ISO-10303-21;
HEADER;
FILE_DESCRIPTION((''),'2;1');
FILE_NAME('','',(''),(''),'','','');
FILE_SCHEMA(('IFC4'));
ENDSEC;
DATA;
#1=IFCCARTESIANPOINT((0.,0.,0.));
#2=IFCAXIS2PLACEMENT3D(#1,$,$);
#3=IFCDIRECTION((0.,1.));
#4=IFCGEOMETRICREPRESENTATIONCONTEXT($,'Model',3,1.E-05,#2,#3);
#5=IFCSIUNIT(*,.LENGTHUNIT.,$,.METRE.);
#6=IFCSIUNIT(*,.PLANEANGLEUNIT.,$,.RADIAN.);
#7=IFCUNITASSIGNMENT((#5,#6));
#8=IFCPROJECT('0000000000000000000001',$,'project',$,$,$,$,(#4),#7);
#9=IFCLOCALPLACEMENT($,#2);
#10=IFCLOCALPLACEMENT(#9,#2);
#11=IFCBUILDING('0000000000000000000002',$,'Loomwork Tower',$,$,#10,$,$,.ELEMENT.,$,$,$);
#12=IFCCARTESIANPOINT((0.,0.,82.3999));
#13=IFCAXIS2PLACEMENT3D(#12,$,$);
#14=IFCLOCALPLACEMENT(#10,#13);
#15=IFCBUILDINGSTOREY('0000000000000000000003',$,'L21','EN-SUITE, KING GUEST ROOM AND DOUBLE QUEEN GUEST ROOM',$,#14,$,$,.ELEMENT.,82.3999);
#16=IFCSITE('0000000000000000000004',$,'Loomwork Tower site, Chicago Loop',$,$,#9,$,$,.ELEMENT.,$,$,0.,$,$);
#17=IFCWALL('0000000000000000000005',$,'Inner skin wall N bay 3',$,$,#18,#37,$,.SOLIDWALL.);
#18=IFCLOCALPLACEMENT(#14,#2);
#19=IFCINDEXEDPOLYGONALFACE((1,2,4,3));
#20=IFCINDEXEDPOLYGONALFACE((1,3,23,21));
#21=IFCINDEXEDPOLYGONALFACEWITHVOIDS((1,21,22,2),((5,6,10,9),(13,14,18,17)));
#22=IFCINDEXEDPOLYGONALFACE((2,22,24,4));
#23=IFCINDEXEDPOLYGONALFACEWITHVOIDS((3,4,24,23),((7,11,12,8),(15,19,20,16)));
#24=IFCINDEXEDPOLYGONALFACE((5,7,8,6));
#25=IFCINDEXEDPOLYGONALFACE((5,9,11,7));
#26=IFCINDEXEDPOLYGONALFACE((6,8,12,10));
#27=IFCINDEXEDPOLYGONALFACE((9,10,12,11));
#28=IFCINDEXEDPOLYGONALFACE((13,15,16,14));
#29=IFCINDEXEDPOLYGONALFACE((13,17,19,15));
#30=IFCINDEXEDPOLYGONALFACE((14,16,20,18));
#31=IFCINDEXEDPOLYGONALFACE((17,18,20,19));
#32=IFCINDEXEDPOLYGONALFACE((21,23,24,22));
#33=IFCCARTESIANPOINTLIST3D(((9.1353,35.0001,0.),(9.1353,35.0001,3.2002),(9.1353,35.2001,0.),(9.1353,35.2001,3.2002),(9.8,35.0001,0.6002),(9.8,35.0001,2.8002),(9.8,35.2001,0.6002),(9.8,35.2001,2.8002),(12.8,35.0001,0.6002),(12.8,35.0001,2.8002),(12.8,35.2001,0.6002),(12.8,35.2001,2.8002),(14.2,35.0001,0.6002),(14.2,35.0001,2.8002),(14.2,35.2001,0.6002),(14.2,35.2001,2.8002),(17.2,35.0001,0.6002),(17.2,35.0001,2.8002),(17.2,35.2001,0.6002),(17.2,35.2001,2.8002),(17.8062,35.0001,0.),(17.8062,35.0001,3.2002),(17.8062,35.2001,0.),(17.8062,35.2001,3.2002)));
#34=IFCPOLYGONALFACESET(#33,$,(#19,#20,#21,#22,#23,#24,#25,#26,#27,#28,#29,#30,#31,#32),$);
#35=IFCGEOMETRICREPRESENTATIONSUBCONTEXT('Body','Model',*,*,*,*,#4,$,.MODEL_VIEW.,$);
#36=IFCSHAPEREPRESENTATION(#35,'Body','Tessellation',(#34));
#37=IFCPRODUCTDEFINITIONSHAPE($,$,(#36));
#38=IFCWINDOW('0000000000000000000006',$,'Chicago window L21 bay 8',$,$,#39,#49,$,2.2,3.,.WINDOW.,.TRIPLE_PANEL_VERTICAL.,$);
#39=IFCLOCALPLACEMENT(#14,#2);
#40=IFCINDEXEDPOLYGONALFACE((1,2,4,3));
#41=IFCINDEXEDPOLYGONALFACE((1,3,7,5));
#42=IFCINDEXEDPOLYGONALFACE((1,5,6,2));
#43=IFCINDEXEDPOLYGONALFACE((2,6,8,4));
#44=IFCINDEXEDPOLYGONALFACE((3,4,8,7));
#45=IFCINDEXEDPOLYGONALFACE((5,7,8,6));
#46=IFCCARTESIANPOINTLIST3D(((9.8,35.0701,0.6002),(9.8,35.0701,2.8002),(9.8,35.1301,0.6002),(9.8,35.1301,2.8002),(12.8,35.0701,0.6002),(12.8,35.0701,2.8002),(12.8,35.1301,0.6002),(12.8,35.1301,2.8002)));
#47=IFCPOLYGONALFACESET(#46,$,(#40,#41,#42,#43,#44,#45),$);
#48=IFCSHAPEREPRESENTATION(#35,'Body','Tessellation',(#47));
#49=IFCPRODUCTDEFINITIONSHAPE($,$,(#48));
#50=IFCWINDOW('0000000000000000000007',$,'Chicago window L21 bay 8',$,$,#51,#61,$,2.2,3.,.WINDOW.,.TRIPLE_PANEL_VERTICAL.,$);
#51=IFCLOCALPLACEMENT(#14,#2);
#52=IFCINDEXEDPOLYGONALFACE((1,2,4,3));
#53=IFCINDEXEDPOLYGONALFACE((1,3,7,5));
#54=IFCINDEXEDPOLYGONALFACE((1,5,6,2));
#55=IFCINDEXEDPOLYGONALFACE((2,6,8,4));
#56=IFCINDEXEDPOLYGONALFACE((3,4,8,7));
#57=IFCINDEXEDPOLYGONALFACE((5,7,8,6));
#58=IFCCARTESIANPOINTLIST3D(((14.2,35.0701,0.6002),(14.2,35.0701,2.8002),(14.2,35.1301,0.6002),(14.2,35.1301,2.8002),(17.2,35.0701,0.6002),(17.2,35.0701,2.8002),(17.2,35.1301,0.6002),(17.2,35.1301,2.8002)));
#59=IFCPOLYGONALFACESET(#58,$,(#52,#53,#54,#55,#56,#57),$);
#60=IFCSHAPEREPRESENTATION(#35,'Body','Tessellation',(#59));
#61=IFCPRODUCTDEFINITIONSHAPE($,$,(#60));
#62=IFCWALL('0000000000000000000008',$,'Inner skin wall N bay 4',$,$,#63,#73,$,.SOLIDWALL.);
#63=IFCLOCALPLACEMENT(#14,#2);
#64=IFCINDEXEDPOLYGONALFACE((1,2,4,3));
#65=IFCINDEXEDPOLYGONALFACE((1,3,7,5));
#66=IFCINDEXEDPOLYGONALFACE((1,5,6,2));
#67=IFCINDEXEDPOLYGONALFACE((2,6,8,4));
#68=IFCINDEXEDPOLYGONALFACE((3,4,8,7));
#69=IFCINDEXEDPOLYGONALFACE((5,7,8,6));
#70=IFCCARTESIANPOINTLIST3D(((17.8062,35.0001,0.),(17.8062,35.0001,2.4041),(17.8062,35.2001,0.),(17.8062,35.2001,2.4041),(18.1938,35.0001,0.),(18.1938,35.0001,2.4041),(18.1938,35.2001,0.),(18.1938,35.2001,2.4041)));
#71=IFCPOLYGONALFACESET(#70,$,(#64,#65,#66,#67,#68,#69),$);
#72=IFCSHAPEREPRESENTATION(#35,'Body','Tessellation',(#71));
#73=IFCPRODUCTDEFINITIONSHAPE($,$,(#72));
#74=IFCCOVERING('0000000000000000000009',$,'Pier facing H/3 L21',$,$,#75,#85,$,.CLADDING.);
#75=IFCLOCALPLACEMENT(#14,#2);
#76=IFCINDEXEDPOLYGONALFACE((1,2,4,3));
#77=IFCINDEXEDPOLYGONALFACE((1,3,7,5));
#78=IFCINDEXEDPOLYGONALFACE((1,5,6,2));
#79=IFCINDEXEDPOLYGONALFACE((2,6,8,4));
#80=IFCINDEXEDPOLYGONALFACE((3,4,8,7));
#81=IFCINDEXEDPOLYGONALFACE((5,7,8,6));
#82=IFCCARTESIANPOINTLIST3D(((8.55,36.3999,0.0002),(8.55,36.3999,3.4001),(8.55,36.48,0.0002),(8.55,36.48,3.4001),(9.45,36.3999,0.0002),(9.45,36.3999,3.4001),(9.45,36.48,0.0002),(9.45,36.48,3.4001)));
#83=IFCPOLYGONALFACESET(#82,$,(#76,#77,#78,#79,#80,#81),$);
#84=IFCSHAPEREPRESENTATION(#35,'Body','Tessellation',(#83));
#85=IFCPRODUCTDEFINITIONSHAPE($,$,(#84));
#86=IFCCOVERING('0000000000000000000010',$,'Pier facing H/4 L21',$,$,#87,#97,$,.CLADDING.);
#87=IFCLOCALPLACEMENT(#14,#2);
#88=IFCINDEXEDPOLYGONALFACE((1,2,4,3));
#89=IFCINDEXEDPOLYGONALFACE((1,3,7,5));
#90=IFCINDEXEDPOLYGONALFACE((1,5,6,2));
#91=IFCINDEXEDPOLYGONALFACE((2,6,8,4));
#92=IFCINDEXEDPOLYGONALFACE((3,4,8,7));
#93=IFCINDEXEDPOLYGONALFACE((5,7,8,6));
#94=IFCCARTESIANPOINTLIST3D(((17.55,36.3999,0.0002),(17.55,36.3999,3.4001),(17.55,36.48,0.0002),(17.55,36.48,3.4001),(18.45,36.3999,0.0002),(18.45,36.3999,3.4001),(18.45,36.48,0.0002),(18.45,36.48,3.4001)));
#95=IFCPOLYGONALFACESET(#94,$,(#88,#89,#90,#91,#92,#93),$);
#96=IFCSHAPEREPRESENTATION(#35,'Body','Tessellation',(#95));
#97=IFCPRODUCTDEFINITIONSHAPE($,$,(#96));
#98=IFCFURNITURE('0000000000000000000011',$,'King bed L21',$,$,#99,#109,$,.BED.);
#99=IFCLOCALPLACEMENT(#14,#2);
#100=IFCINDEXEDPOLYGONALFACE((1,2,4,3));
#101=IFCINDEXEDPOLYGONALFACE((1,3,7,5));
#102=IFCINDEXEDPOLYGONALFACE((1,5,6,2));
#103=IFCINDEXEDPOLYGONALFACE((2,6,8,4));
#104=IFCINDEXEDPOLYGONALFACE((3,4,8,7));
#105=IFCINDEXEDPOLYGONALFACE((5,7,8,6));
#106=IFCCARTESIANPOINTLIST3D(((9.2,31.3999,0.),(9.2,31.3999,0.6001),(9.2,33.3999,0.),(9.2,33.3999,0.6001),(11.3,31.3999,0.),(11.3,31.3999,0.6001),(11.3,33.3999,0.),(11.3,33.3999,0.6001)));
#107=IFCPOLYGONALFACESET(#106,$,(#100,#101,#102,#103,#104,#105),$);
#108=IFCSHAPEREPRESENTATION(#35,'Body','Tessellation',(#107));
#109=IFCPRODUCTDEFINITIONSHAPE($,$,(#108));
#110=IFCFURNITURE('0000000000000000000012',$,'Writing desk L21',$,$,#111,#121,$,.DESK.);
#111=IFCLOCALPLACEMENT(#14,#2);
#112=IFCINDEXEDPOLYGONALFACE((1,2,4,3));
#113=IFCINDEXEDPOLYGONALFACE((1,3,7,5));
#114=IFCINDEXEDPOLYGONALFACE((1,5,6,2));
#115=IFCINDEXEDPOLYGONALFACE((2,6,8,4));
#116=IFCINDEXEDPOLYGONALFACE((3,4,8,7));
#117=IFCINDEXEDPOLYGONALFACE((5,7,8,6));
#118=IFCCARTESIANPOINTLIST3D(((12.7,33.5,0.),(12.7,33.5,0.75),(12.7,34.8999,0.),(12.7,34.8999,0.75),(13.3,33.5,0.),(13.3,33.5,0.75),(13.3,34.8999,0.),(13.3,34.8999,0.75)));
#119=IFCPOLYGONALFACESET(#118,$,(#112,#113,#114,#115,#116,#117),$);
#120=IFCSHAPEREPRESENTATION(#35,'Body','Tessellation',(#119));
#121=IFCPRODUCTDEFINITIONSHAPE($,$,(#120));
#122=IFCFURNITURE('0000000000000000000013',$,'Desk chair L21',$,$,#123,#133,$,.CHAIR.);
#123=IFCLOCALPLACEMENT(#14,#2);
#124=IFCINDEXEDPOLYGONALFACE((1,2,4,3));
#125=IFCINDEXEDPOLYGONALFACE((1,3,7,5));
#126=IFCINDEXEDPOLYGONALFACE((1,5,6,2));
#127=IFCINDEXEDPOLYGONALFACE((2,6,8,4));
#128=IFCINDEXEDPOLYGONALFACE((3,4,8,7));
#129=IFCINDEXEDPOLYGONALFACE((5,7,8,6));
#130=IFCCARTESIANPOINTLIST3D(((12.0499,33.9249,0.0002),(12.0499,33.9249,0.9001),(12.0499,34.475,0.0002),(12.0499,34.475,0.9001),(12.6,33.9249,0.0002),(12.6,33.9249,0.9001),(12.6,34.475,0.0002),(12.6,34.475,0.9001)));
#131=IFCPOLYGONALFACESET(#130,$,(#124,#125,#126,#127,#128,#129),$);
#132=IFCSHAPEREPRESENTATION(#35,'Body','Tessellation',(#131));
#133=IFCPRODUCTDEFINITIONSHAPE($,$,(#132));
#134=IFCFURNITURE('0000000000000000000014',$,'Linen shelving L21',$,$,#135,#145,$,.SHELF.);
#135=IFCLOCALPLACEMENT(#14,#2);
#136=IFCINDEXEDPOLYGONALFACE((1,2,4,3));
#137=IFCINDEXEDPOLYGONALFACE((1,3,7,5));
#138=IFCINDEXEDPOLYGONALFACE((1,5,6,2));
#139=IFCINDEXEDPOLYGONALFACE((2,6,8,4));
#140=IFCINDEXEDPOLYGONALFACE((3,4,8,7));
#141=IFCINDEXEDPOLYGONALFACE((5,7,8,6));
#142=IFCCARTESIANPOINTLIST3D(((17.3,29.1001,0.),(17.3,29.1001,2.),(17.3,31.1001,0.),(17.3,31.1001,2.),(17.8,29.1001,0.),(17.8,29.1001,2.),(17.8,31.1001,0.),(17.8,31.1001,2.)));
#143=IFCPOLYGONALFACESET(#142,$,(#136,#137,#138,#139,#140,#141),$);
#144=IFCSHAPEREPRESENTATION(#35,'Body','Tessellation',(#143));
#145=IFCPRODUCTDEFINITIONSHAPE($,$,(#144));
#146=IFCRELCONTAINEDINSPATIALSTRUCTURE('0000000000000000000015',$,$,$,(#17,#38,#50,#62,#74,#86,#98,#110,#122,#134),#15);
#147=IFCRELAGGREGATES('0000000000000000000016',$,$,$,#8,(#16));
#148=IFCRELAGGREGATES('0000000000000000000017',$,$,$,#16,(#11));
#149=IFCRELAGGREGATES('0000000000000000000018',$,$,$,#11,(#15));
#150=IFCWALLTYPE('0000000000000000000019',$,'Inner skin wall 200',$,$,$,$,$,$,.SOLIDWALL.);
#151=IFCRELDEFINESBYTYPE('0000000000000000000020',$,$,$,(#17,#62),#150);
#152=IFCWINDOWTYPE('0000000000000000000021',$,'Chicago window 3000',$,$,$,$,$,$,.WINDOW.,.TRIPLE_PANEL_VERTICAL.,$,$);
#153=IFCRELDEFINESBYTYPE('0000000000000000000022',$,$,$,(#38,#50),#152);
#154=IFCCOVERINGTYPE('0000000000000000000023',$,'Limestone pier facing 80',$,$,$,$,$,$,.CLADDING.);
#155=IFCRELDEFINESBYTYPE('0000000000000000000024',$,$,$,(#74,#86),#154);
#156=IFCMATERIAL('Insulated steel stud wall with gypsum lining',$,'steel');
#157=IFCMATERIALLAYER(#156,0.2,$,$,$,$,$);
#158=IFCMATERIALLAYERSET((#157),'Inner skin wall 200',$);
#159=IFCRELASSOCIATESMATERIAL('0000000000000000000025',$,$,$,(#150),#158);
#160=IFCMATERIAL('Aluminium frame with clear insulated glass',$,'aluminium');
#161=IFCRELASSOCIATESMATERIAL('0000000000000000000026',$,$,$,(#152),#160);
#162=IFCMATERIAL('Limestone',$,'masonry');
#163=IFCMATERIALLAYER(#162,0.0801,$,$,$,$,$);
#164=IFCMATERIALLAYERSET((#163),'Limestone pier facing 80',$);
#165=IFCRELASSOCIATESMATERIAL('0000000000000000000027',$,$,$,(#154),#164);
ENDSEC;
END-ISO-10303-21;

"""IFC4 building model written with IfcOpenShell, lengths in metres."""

from ifc_helpers import new_model, si_unit, direction, frame, frame_2d, origin, origin_2d, place, context, subcontext, project, spatial, rectangle, extrude, material, layer, layer_set, type_object, element, fill, save


model = new_model("IFC4")

# Units and contexts
model_context = context("Model", 3, precision=1e-05, world=origin(), true_north=direction((0.0, 1.0)))
body_context = subcontext(model_context, "Body", "Model", "MODEL_VIEW")
ifc_project = project(units=[si_unit("LENGTHUNIT", "METRE"), si_unit("PLANEANGLEUNIT", "RADIAN")], contexts=[model_context])

# Site, building, storey
site_placement = place(None, origin())
site = spatial("IfcSite", under=ifc_project, at=site_placement, Name="Loomwork Tower site, Chicago Loop", CompositionType="ELEMENT", RefElevation=0.0)
building_placement = place(site_placement, origin())
building = spatial("IfcBuilding", under=site, at=building_placement, Name="Loomwork Tower", CompositionType="ELEMENT")
storey_placement = place(building_placement, frame((0.0, 0.0, 82.3999)))
storey = spatial("IfcBuildingStorey", under=building, at=storey_placement, Name="L21", Description="EN-SUITE, KING GUEST ROOM AND DOUBLE QUEEN GUEST ROOM", CompositionType="ELEMENT", Elevation=82.3999)

# Wall, openings, windows
ifc_material_1 = material(Name="Insulated steel stud wall with gypsum lining", Category="steel")
ifc_layer_1 = layer(ifc_material_1, 0.2)
ifc_layer_set_1 = layer_set([ifc_layer_1], Name="Inner skin wall 200")
wall_type = type_object("IfcWallType", Name="Inner skin wall 200", PredefinedType="SOLIDWALL", material=ifc_layer_set_1)
wall_1_placement = place(storey_placement, frame((9.1353, 35.1001, 0.0), z_axis=(0.0, 0.0, 1.0), x_axis=(1.0, 0.0, 0.0)))
wall_1 = element("IfcWall", 1, at=wall_1_placement, inside=storey, type_object=wall_type, Name="Inner skin wall N bay 3", PredefinedType="SOLIDWALL", context=body_context, shape_type="SweptSolid", body=[
    extrude(rectangle(XDim=8.6709, YDim=0.2, at=frame_2d((4.3354, 0.0))), origin(), (0.0, 0.0, 1.0), 3.2002),
])
opening_1_placement = place(wall_1_placement, frame((0.6648, 0.0, 0.6001)))
opening_1 = element("IfcOpeningElement", 2, at=opening_1_placement, cuts=wall_1, PredefinedType="OPENING", context=body_context, shape_type="SweptSolid", body=[
    extrude(rectangle(XDim=3.0, YDim=2.2, at=frame_2d((1.5, 1.1001))), frame((0.0, 0.1099, 0.0), z_axis=(0.0, -1.0, 0.0), x_axis=(1.0, 0.0, 0.0)), (0.0, 0.0, 1.0), 0.22),
])
opening_2_placement = place(wall_1_placement, frame((5.0647, 0.0, 0.6001)))
opening_2 = element("IfcOpeningElement", 3, at=opening_2_placement, cuts=wall_1, PredefinedType="OPENING", context=body_context, shape_type="SweptSolid", body=[
    extrude(rectangle(XDim=3.0, YDim=2.2, at=frame_2d((1.5, 1.1001))), frame((0.0, 0.1099, 0.0), z_axis=(0.0, -1.0, 0.0), x_axis=(1.0, 0.0, 0.0)), (0.0, 0.0, 1.0), 0.22),
])
ifc_material_2 = material(Name="Aluminium frame with clear insulated glass", Category="aluminium")
window_type = type_object("IfcWindowType", Name="Chicago window 3000", PartitioningType="TRIPLE_PANEL_VERTICAL", PredefinedType="WINDOW", material=ifc_material_2)
window_1_placement = place(opening_1_placement, origin())
window_1 = element("IfcWindow", 4, at=window_1_placement, inside=storey, type_object=window_type, Name="Chicago window L21 bay 8", OverallHeight=2.2, OverallWidth=3.0, PartitioningType="TRIPLE_PANEL_VERTICAL", PredefinedType="WINDOW", context=body_context, shape_type="SweptSolid", body=[
    extrude(rectangle(XDim=3.0, YDim=2.2, at=frame_2d((1.5, 1.1001))), frame((0.0, 0.03, 0.0), z_axis=(0.0, -1.0, 0.0), x_axis=(1.0, 0.0, 0.0)), (0.0, 0.0, 1.0), 0.0601),
])
fill(opening_1, window_1)
window_2_placement = place(opening_2_placement, origin())
window_2 = element("IfcWindow", 5, at=window_2_placement, inside=storey, type_object=window_type, Name="Chicago window L21 bay 8", OverallHeight=2.2, OverallWidth=3.0, PartitioningType="TRIPLE_PANEL_VERTICAL", PredefinedType="WINDOW", context=body_context, shape_type="SweptSolid", body=[
    extrude(rectangle(XDim=3.0, YDim=2.2, at=frame_2d((1.5, 1.1001))), frame((0.0, 0.03, 0.0), z_axis=(0.0, -1.0, 0.0), x_axis=(1.0, 0.0, 0.0)), (0.0, 0.0, 1.0), 0.0601),
])
fill(opening_2, window_2)

# Wall
wall_2_placement = place(storey_placement, frame((17.8062, 35.1001, 0.0), z_axis=(0.0, 0.0, 1.0), x_axis=(1.0, 0.0, 0.0)))
element("IfcWall", 6, at=wall_2_placement, inside=storey, type_object=wall_type, Name="Inner skin wall N bay 4", PredefinedType="SOLIDWALL", context=body_context, shape_type="SweptSolid", body=[
    extrude(rectangle(XDim=0.3877, YDim=0.2, at=frame_2d((0.1938, 0.0))), origin(), (0.0, 0.0, 1.0), 2.4041),
])

# Coverings
ifc_material_3 = material(Name="Limestone", Category="masonry")
ifc_layer_2 = layer(ifc_material_3, 0.0801)
ifc_layer_set_2 = layer_set([ifc_layer_2], Name="Limestone pier facing 80")
covering_type = type_object("IfcCoveringType", Name="Limestone pier facing 80", PredefinedType="CLADDING", material=ifc_layer_set_2)
for number, where, z_axis, x_axis, name in (
    (7, (9.0, 36.4399, 0.0002), (0.0, 0.0, 1.0), (1.0, 0.0, 0.0), "Pier facing H/3 L21"),
    (8, (18.0, 36.4399, 0.0002), (0.0, 0.0, 1.0), (1.0, 0.0, 0.0), "Pier facing H/4 L21"),
):
    element("IfcCovering", number, at=place(storey_placement, frame(where, z_axis=z_axis, x_axis=x_axis)), inside=storey, type_object=covering_type, Name=name, PredefinedType="CLADDING", context=body_context, shape_type="SweptSolid", body=[
        extrude(rectangle(XDim=0.8999, YDim=0.0801, at=origin_2d()), origin(), (0.0, 0.0, 1.0), 3.3999),
    ])

# Furniture
furniture_1_placement = place(storey_placement, frame((10.25, 32.3999, 0.0), z_axis=(0.0, 0.0, 1.0), x_axis=(1.0, 0.0, 0.0)))
element("IfcFurniture", 9, at=furniture_1_placement, inside=storey, Name="King bed L21", PredefinedType="BED", context=body_context, shape_type="SweptSolid", body=[
    extrude(rectangle(XDim=2.1001, YDim=2.0, at=origin_2d()), origin(), (0.0, 0.0, 1.0), 0.6001),
])
furniture_2_placement = place(storey_placement, frame((13.0, 34.2, 0.0), z_axis=(0.0, 0.0, 1.0), x_axis=(1.0, 0.0, 0.0)))
element("IfcFurniture", 10, at=furniture_2_placement, inside=storey, Name="Writing desk L21", PredefinedType="DESK", context=body_context, shape_type="SweptSolid", body=[
    extrude(rectangle(XDim=0.6001, YDim=1.3999, at=origin_2d()), origin(), (0.0, 0.0, 1.0), 0.75),
])
furniture_3_placement = place(storey_placement, frame((12.325, 34.2, 0.0002), z_axis=(0.0, 0.0, 1.0), x_axis=(1.0, 0.0, 0.0)))
element("IfcFurniture", 11, at=furniture_3_placement, inside=storey, Name="Desk chair L21", PredefinedType="CHAIR", context=body_context, shape_type="SweptSolid", body=[
    extrude(rectangle(XDim=0.55, YDim=0.55, at=origin_2d()), origin(), (0.0, 0.0, 1.0), 0.8999),
])
furniture_4_placement = place(storey_placement, frame((17.55, 30.1001, 0.0), z_axis=(0.0, 0.0, 1.0), x_axis=(1.0, 0.0, 0.0)))
element("IfcFurniture", 12, at=furniture_4_placement, inside=storey, Name="Linen shelving L21", PredefinedType="SHELF", context=body_context, shape_type="SweptSolid", body=[
    extrude(rectangle(XDim=0.5, YDim=2.0, at=origin_2d()), origin(), (0.0, 0.0, 1.0), 2.0),
])

save(model, "model.ifc")
